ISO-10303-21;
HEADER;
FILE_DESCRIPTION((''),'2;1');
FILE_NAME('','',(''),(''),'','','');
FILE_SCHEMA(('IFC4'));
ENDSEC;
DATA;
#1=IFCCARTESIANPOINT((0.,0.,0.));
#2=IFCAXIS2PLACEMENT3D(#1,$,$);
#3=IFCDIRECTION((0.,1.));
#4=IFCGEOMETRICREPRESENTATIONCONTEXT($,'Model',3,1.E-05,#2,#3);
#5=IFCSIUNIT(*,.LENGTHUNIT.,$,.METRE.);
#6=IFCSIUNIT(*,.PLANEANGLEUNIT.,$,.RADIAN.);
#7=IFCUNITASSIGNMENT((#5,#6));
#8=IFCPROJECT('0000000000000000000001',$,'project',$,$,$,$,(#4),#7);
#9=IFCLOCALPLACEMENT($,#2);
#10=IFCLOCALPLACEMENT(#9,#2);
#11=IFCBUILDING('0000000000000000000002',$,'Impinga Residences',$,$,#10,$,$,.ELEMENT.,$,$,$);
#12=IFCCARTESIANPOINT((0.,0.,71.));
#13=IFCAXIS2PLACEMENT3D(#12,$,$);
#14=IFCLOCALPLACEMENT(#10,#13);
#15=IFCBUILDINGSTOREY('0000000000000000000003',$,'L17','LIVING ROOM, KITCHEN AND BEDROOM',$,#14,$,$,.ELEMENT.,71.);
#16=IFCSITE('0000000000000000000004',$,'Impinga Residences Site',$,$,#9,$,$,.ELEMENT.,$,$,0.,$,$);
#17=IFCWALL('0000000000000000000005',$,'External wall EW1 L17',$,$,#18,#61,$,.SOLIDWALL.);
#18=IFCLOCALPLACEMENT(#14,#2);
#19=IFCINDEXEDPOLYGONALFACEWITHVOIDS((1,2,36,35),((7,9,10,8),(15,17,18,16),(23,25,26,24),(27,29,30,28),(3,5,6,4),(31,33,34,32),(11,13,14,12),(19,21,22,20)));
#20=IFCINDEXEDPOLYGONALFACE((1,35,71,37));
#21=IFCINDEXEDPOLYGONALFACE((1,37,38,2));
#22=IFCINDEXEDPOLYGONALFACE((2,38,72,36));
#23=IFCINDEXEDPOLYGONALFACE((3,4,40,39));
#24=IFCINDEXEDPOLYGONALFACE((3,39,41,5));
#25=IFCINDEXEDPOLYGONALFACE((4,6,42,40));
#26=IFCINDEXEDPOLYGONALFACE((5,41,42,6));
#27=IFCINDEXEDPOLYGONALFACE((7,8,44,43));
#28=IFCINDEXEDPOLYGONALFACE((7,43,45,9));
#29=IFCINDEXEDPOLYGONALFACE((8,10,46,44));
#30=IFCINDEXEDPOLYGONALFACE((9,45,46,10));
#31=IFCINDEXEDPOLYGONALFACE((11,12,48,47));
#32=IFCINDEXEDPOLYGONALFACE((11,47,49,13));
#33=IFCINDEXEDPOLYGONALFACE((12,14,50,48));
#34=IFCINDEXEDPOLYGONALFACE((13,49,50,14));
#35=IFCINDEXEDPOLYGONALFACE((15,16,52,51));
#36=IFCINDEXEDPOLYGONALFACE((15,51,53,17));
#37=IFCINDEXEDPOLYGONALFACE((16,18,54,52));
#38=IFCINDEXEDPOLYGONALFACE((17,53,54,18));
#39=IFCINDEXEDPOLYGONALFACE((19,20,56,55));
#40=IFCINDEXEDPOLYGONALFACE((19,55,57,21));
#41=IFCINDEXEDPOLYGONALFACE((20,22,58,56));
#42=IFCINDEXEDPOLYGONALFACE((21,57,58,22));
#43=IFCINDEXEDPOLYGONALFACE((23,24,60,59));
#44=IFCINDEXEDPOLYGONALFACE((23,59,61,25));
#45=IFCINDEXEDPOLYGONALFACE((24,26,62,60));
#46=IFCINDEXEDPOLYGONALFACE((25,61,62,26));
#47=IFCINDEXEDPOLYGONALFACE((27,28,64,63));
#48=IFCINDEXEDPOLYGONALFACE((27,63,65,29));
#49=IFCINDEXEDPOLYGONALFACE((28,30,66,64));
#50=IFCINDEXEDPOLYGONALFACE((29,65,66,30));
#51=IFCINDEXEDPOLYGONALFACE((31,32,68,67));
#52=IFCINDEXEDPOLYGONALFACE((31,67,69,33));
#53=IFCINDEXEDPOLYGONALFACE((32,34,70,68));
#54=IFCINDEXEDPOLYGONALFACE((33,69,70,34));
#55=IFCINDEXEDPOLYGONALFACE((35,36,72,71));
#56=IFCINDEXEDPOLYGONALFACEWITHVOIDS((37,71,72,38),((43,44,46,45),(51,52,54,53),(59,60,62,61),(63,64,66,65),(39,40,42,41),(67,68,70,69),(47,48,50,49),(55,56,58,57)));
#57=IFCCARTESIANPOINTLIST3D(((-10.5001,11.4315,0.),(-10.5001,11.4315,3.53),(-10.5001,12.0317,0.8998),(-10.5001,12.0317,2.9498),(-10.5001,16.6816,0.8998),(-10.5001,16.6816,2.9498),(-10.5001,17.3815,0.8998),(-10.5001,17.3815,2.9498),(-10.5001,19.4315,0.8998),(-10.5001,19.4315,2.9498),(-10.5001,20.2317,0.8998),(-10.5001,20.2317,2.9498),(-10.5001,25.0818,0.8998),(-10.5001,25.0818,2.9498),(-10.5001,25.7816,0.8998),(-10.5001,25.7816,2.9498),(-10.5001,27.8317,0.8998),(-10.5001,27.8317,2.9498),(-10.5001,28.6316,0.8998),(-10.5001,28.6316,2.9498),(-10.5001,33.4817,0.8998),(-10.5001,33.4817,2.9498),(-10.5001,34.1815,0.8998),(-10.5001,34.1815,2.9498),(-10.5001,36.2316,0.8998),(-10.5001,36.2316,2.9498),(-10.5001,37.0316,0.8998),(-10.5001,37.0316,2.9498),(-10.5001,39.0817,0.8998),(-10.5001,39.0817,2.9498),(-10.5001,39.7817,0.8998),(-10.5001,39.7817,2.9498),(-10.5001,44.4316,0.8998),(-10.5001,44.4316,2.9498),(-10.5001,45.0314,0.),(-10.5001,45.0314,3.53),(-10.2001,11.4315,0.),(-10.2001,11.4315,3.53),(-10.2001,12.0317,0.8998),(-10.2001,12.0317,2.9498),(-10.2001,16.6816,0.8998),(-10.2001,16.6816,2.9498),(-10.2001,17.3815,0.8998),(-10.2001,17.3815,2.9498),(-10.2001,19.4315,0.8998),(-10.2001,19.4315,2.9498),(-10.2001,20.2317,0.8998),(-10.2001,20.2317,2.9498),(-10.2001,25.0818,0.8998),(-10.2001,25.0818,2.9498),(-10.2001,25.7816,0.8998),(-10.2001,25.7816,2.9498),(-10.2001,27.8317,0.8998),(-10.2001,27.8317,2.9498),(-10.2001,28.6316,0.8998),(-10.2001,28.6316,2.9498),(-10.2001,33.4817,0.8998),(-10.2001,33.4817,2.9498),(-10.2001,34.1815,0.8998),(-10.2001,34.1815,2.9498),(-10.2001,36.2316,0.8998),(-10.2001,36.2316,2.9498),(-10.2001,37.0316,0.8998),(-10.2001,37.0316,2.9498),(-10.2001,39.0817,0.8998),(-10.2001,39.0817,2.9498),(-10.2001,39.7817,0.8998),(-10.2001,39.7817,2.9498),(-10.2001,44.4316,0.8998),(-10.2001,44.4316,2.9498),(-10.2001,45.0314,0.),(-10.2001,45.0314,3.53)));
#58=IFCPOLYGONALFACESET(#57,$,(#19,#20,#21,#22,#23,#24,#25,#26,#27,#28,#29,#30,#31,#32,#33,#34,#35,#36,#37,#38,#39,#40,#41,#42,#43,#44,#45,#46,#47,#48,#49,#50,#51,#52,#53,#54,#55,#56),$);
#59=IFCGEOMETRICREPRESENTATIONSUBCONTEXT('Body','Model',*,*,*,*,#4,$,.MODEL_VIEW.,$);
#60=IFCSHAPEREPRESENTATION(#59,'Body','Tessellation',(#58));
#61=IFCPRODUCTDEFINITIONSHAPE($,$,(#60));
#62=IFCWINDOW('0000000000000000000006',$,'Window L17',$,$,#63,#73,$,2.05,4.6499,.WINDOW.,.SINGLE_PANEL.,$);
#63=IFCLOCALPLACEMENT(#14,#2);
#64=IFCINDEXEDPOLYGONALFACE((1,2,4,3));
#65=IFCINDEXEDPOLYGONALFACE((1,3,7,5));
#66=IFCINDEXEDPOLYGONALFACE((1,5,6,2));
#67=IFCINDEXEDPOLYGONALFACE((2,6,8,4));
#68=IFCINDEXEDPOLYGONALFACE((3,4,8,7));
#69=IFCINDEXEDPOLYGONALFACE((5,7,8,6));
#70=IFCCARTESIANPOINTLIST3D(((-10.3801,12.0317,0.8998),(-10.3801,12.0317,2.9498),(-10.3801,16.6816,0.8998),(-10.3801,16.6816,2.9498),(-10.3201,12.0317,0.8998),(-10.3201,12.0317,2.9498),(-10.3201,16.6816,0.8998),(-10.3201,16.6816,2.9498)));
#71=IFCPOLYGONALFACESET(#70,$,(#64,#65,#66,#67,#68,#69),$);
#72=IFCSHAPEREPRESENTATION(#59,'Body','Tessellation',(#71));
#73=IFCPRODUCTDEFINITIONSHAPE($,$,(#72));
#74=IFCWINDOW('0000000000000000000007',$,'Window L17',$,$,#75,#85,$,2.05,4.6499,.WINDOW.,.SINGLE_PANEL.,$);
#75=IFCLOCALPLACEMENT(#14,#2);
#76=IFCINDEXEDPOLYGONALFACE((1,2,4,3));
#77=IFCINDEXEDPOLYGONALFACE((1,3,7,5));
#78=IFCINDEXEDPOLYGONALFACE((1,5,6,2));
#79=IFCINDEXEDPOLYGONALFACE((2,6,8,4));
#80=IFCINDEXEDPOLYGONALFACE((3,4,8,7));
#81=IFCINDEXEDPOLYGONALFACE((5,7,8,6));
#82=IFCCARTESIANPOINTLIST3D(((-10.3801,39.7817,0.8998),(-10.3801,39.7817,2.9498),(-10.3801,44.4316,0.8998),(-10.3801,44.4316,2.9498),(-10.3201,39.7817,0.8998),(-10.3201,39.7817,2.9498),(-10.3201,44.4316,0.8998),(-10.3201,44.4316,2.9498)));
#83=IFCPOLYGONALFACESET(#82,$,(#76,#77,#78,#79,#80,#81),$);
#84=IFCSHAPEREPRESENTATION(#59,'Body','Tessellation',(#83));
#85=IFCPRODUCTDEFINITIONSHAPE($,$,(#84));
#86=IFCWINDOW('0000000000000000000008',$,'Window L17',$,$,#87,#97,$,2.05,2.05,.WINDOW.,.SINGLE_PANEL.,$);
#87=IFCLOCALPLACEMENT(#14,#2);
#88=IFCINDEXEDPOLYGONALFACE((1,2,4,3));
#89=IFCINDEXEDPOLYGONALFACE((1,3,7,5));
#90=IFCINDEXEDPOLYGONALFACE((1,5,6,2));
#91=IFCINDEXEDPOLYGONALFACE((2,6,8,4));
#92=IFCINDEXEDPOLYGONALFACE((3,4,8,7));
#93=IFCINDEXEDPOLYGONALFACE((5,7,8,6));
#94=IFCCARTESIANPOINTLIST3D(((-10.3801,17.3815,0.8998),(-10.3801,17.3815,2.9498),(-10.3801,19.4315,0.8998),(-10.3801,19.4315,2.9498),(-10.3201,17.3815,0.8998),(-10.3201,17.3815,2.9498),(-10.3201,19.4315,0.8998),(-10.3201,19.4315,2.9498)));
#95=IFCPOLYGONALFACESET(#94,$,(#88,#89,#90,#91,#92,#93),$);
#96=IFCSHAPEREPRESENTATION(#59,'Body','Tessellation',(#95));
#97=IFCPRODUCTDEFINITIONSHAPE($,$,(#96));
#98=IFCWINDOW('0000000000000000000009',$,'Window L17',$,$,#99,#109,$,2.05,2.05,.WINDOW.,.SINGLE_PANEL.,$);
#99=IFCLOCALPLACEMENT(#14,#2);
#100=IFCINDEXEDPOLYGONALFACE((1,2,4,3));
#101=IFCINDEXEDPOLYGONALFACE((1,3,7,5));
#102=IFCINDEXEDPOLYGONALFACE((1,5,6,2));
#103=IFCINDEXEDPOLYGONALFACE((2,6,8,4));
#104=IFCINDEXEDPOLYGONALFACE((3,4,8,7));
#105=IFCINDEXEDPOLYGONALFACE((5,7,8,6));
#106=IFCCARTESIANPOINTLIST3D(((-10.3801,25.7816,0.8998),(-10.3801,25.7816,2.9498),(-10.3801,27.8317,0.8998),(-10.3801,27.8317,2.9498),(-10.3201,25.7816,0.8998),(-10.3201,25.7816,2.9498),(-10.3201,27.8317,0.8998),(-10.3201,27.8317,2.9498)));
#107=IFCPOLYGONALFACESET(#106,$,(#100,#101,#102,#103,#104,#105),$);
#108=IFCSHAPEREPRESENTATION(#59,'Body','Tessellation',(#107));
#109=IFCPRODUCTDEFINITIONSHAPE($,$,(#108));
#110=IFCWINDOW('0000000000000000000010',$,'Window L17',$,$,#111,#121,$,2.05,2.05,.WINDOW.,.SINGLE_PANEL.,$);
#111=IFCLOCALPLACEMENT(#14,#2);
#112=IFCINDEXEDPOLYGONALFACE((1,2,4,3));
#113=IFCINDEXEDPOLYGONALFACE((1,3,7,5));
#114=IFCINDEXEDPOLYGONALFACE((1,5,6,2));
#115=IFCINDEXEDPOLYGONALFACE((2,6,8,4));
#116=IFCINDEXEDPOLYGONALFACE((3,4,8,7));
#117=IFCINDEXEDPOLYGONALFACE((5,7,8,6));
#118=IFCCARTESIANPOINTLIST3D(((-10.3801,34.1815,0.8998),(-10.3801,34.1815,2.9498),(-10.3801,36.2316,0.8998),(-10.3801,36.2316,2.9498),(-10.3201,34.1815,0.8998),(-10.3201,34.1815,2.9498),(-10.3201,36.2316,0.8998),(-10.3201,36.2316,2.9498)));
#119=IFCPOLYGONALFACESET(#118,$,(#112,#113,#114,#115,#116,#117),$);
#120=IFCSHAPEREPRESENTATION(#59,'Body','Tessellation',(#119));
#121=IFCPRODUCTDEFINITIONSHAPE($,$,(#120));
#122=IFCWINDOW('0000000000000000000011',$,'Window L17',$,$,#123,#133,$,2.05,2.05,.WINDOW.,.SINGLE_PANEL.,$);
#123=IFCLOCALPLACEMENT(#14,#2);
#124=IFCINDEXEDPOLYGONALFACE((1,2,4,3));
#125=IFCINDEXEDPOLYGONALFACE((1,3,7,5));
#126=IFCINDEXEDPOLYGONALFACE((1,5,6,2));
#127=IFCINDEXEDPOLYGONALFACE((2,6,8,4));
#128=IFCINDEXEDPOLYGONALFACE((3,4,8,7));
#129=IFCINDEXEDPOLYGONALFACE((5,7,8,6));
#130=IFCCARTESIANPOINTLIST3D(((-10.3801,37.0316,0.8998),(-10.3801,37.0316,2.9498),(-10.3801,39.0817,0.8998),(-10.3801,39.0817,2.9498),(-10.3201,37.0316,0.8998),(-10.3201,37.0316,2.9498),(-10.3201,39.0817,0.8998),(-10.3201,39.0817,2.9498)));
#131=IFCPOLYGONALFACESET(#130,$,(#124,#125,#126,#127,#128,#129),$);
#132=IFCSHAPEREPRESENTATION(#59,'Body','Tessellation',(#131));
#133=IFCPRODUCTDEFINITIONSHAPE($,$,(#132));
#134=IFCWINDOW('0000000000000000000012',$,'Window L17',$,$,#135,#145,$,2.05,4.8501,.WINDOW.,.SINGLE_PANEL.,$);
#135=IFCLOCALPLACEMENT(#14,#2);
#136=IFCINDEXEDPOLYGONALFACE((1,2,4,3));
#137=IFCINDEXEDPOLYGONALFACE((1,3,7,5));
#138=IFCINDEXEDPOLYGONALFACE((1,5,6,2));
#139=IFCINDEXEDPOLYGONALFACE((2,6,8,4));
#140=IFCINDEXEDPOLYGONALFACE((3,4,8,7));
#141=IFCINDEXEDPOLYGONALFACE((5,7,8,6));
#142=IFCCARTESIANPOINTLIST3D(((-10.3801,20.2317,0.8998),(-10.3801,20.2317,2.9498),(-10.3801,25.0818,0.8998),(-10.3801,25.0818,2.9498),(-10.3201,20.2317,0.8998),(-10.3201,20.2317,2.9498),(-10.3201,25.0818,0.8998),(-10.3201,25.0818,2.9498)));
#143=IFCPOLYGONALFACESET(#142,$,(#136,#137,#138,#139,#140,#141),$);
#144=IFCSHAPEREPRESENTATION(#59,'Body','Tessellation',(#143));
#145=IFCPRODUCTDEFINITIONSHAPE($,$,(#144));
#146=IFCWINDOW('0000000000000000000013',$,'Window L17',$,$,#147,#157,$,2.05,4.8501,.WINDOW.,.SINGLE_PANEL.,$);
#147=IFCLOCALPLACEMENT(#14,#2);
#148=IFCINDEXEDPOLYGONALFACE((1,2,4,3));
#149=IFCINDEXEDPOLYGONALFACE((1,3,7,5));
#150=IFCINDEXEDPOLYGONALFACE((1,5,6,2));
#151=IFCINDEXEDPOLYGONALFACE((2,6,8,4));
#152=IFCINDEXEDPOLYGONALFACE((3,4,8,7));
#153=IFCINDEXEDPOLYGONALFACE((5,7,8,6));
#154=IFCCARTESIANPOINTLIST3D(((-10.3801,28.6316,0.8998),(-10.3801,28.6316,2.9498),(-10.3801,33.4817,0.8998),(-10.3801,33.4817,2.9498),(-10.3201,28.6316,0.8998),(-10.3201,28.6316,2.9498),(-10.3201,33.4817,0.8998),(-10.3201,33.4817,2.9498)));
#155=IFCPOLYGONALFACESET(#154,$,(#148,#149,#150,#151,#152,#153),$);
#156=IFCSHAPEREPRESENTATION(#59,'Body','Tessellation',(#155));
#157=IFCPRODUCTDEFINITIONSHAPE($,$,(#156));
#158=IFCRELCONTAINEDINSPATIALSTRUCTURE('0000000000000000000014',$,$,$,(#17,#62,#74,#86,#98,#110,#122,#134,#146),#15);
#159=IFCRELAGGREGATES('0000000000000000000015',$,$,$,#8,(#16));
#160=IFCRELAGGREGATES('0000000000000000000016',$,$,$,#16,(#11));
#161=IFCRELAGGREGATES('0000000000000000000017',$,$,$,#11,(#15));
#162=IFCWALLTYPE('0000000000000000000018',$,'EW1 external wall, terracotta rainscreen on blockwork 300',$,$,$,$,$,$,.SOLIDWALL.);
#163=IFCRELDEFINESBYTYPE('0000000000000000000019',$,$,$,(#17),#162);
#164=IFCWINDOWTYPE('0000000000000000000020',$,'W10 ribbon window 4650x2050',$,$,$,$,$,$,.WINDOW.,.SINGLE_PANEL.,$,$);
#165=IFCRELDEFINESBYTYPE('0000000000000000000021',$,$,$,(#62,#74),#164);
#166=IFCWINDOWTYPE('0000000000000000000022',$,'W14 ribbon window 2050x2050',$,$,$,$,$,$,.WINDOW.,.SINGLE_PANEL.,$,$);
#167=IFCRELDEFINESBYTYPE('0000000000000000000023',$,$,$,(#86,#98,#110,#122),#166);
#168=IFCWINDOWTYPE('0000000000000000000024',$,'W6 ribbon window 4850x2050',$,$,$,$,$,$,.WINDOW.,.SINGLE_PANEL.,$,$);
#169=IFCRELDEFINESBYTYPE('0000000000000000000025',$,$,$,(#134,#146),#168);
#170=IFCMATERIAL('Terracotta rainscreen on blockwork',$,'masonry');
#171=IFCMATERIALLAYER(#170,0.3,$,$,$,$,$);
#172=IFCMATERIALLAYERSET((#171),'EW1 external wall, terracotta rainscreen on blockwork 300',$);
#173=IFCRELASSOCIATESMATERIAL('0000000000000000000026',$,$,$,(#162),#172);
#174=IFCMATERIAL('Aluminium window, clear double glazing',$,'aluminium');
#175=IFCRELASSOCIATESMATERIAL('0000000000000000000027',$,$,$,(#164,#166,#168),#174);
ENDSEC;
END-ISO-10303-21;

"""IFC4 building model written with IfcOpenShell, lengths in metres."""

from ifc_helpers import new_model, si_unit, direction, frame, frame_2d, origin, place, context, subcontext, project, spatial, rectangle, extrude, material, layer, layer_set, type_object, element, fill, save


model = new_model("IFC4")

# Units and contexts
model_context = context("Model", 3, precision=1e-05, world=origin(), true_north=direction((0.0, 1.0)))
body_context = subcontext(model_context, "Body", "Model", "MODEL_VIEW")
ifc_project = project(units=[si_unit("LENGTHUNIT", "METRE"), si_unit("PLANEANGLEUNIT", "RADIAN")], contexts=[model_context])

# Site, building, storey
site_placement = place(None, origin())
site = spatial("IfcSite", under=ifc_project, at=site_placement, Name="Impinga Residences Site", CompositionType="ELEMENT", RefElevation=0.0)
building_placement = place(site_placement, origin())
building = spatial("IfcBuilding", under=site, at=building_placement, Name="Impinga Residences", CompositionType="ELEMENT")
storey_placement = place(building_placement, frame((0.0, 0.0, 71.0)))
storey = spatial("IfcBuildingStorey", under=building, at=storey_placement, Name="L17", Description="LIVING ROOM, KITCHEN AND BEDROOM", CompositionType="ELEMENT", Elevation=71.0)

# Wall, openings, windows
ifc_material_1 = material(Name="Terracotta rainscreen on blockwork", Category="masonry")
ifc_layer_1 = layer(ifc_material_1, 0.3)
ifc_layer_set_1 = layer_set([ifc_layer_1], Name="EW1 external wall, terracotta rainscreen on blockwork 300")
wall_type_1 = type_object("IfcWallType", Name="EW1 external wall, terracotta rainscreen on blockwork 300", PredefinedType="SOLIDWALL", material=ifc_layer_set_1)
wall_1_placement = place(storey_placement, frame((-10.3501, 11.4316, 0.0), z_axis=(0.0, 0.0, 1.0), x_axis=(0.0, 1.0, 0.0)))
wall_1 = element("IfcWall", 1, at=wall_1_placement, inside=storey, type_object=wall_type_1, Name="External wall EW1 L17", PredefinedType="SOLIDWALL", context=body_context, shape_type="SweptSolid", body=[
    extrude(rectangle(XDim=33.5999, YDim=0.3, at=frame_2d((16.7998, 0.0))), origin(), (0.0, 0.0, 1.0), 3.53),
])
opening_1_placement = place(wall_1_placement, frame((0.6001, 0.0, 0.8999)))
opening_1 = element("IfcOpeningElement", 2, at=opening_1_placement, cuts=wall_1, PredefinedType="OPENING", context=body_context, shape_type="SweptSolid", body=[
    extrude(rectangle(XDim=4.6499, YDim=2.05, at=frame_2d((2.325, 1.0249))), frame((0.0, 0.1599, 0.0), z_axis=(0.0, -1.0, 0.0), x_axis=(1.0, 0.0, 0.0)), (0.0, 0.0, 1.0), 0.3201),
])
opening_2_placement = place(wall_1_placement, frame((5.95, 0.0, 0.8999)))
opening_2 = element("IfcOpeningElement", 3, at=opening_2_placement, cuts=wall_1, PredefinedType="OPENING", context=body_context, shape_type="SweptSolid", body=[
    extrude(rectangle(XDim=2.05, YDim=2.05, at=frame_2d((1.0249, 1.0249))), frame((0.0, 0.1599, 0.0), z_axis=(0.0, -1.0, 0.0), x_axis=(1.0, 0.0, 0.0)), (0.0, 0.0, 1.0), 0.3201),
])
opening_3_placement = place(wall_1_placement, frame((8.8, 0.0, 0.8999)))
opening_3 = element("IfcOpeningElement", 4, at=opening_3_placement, cuts=wall_1, PredefinedType="OPENING", context=body_context, shape_type="SweptSolid", body=[
    extrude(rectangle(XDim=4.8501, YDim=2.05, at=frame_2d((2.425, 1.0249))), frame((0.0, 0.1599, 0.0), z_axis=(0.0, -1.0, 0.0), x_axis=(1.0, 0.0, 0.0)), (0.0, 0.0, 1.0), 0.3201),
])
opening_4_placement = place(wall_1_placement, frame((14.3501, 0.0, 0.8999)))
opening_4 = element("IfcOpeningElement", 5, at=opening_4_placement, cuts=wall_1, PredefinedType="OPENING", context=body_context, shape_type="SweptSolid", body=[
    extrude(rectangle(XDim=2.05, YDim=2.05, at=frame_2d((1.0249, 1.0249))), frame((0.0, 0.1599, 0.0), z_axis=(0.0, -1.0, 0.0), x_axis=(1.0, 0.0, 0.0)), (0.0, 0.0, 1.0), 0.3201),
])
opening_5_placement = place(wall_1_placement, frame((17.2, 0.0, 0.8999)))
opening_5 = element("IfcOpeningElement", 6, at=opening_5_placement, cuts=wall_1, PredefinedType="OPENING", context=body_context, shape_type="SweptSolid", body=[
    extrude(rectangle(XDim=4.8501, YDim=2.05, at=frame_2d((2.425, 1.0249))), frame((0.0, 0.1599, 0.0), z_axis=(0.0, -1.0, 0.0), x_axis=(1.0, 0.0, 0.0)), (0.0, 0.0, 1.0), 0.3201),
])
opening_6_placement = place(wall_1_placement, frame((22.75, 0.0, 0.8999)))
opening_6 = element("IfcOpeningElement", 7, at=opening_6_placement, cuts=wall_1, PredefinedType="OPENING", context=body_context, shape_type="SweptSolid", body=[
    extrude(rectangle(XDim=2.05, YDim=2.05, at=frame_2d((1.0249, 1.0249))), frame((0.0, 0.1599, 0.0), z_axis=(0.0, -1.0, 0.0), x_axis=(1.0, 0.0, 0.0)), (0.0, 0.0, 1.0), 0.3201),
])
opening_7_placement = place(wall_1_placement, frame((25.6001, 0.0, 0.8999)))
opening_7 = element("IfcOpeningElement", 8, at=opening_7_placement, cuts=wall_1, PredefinedType="OPENING", context=body_context, shape_type="SweptSolid", body=[
    extrude(rectangle(XDim=2.05, YDim=2.05, at=frame_2d((1.0249, 1.0249))), frame((0.0, 0.1599, 0.0), z_axis=(0.0, -1.0, 0.0), x_axis=(1.0, 0.0, 0.0)), (0.0, 0.0, 1.0), 0.3201),
])
opening_8_placement = place(wall_1_placement, frame((28.3501, 0.0, 0.8999)))
opening_8 = element("IfcOpeningElement", 9, at=opening_8_placement, cuts=wall_1, PredefinedType="OPENING", context=body_context, shape_type="SweptSolid", body=[
    extrude(rectangle(XDim=4.6499, YDim=2.05, at=frame_2d((2.325, 1.0249))), frame((0.0, 0.1599, 0.0), z_axis=(0.0, -1.0, 0.0), x_axis=(1.0, 0.0, 0.0)), (0.0, 0.0, 1.0), 0.3201),
])
ifc_material_2 = material(Name="Aluminium window, clear double glazing", Category="aluminium")
window_type_1 = type_object("IfcWindowType", Name="W10 ribbon window 4650x2050", PartitioningType="SINGLE_PANEL", PredefinedType="WINDOW", material=ifc_material_2)
window_1_placement = place(opening_1_placement, origin())
window_1 = element("IfcWindow", 10, at=window_1_placement, inside=storey, type_object=window_type_1, Name="Window L17", OverallHeight=2.05, OverallWidth=4.6499, PartitioningType="SINGLE_PANEL", PredefinedType="WINDOW", context=body_context, shape_type="SweptSolid", body=[
    extrude(rectangle(XDim=4.6499, YDim=2.05, at=frame_2d((2.325, 1.0249))), frame((0.0, 0.03, 0.0), z_axis=(0.0, -1.0, 0.0), x_axis=(1.0, 0.0, 0.0)), (0.0, 0.0, 1.0), 0.0601),
])
fill(opening_1, window_1)
window_2_placement = place(opening_8_placement, origin())
window_2 = element("IfcWindow", 11, at=window_2_placement, inside=storey, type_object=window_type_1, Name="Window L17", OverallHeight=2.05, OverallWidth=4.6499, PartitioningType="SINGLE_PANEL", PredefinedType="WINDOW", context=body_context, shape_type="SweptSolid", body=[
    extrude(rectangle(XDim=4.6499, YDim=2.05, at=frame_2d((2.325, 1.0249))), frame((0.0, 0.03, 0.0), z_axis=(0.0, -1.0, 0.0), x_axis=(1.0, 0.0, 0.0)), (0.0, 0.0, 1.0), 0.0601),
])
fill(opening_8, window_2)
window_type_2 = type_object("IfcWindowType", Name="W14 ribbon window 2050x2050", PartitioningType="SINGLE_PANEL", PredefinedType="WINDOW", material=ifc_material_2)
window_3_placement = place(opening_2_placement, origin())
window_3 = element("IfcWindow", 12, at=window_3_placement, inside=storey, type_object=window_type_2, Name="Window L17", OverallHeight=2.05, OverallWidth=2.05, PartitioningType="SINGLE_PANEL", PredefinedType="WINDOW", context=body_context, shape_type="SweptSolid", body=[
    extrude(rectangle(XDim=2.05, YDim=2.05, at=frame_2d((1.0249, 1.0249))), frame((0.0, 0.03, 0.0), z_axis=(0.0, -1.0, 0.0), x_axis=(1.0, 0.0, 0.0)), (0.0, 0.0, 1.0), 0.0601),
])
fill(opening_2, window_3)
window_4_placement = place(opening_4_placement, origin())
window_4 = element("IfcWindow", 13, at=window_4_placement, inside=storey, type_object=window_type_2, Name="Window L17", OverallHeight=2.05, OverallWidth=2.05, PartitioningType="SINGLE_PANEL", PredefinedType="WINDOW", context=body_context, shape_type="SweptSolid", body=[
    extrude(rectangle(XDim=2.05, YDim=2.05, at=frame_2d((1.0249, 1.0249))), frame((0.0, 0.03, 0.0), z_axis=(0.0, -1.0, 0.0), x_axis=(1.0, 0.0, 0.0)), (0.0, 0.0, 1.0), 0.0601),
])
fill(opening_4, window_4)
window_5_placement = place(opening_6_placement, origin())
window_5 = element("IfcWindow", 14, at=window_5_placement, inside=storey, type_object=window_type_2, Name="Window L17", OverallHeight=2.05, OverallWidth=2.05, PartitioningType="SINGLE_PANEL", PredefinedType="WINDOW", context=body_context, shape_type="SweptSolid", body=[
    extrude(rectangle(XDim=2.05, YDim=2.05, at=frame_2d((1.0249, 1.0249))), frame((0.0, 0.03, 0.0), z_axis=(0.0, -1.0, 0.0), x_axis=(1.0, 0.0, 0.0)), (0.0, 0.0, 1.0), 0.0601),
])
fill(opening_6, window_5)
window_6_placement = place(opening_7_placement, origin())
window_6 = element("IfcWindow", 15, at=window_6_placement, inside=storey, type_object=window_type_2, Name="Window L17", OverallHeight=2.05, OverallWidth=2.05, PartitioningType="SINGLE_PANEL", PredefinedType="WINDOW", context=body_context, shape_type="SweptSolid", body=[
    extrude(rectangle(XDim=2.05, YDim=2.05, at=frame_2d((1.0249, 1.0249))), frame((0.0, 0.03, 0.0), z_axis=(0.0, -1.0, 0.0), x_axis=(1.0, 0.0, 0.0)), (0.0, 0.0, 1.0), 0.0601),
])
fill(opening_7, window_6)
window_type_3 = type_object("IfcWindowType", Name="W6 ribbon window 4850x2050", PartitioningType="SINGLE_PANEL", PredefinedType="WINDOW", material=ifc_material_2)
window_7_placement = place(opening_3_placement, origin())
window_7 = element("IfcWindow", 16, at=window_7_placement, inside=storey, type_object=window_type_3, Name="Window L17", OverallHeight=2.05, OverallWidth=4.8501, PartitioningType="SINGLE_PANEL", PredefinedType="WINDOW", context=body_context, shape_type="SweptSolid", body=[
    extrude(rectangle(XDim=4.8501, YDim=2.05, at=frame_2d((2.425, 1.0249))), frame((0.0, 0.03, 0.0), z_axis=(0.0, -1.0, 0.0), x_axis=(1.0, 0.0, 0.0)), (0.0, 0.0, 1.0), 0.0601),
])
fill(opening_3, window_7)
window_8_placement = place(opening_5_placement, origin())
window_8 = element("IfcWindow", 17, at=window_8_placement, inside=storey, type_object=window_type_3, Name="Window L17", OverallHeight=2.05, OverallWidth=4.8501, PartitioningType="SINGLE_PANEL", PredefinedType="WINDOW", context=body_context, shape_type="SweptSolid", body=[
    extrude(rectangle(XDim=4.8501, YDim=2.05, at=frame_2d((2.425, 1.0249))), frame((0.0, 0.03, 0.0), z_axis=(0.0, -1.0, 0.0), x_axis=(1.0, 0.0, 0.0)), (0.0, 0.0, 1.0), 0.0601),
])
fill(opening_5, window_8)

save(model, "model.ifc")
